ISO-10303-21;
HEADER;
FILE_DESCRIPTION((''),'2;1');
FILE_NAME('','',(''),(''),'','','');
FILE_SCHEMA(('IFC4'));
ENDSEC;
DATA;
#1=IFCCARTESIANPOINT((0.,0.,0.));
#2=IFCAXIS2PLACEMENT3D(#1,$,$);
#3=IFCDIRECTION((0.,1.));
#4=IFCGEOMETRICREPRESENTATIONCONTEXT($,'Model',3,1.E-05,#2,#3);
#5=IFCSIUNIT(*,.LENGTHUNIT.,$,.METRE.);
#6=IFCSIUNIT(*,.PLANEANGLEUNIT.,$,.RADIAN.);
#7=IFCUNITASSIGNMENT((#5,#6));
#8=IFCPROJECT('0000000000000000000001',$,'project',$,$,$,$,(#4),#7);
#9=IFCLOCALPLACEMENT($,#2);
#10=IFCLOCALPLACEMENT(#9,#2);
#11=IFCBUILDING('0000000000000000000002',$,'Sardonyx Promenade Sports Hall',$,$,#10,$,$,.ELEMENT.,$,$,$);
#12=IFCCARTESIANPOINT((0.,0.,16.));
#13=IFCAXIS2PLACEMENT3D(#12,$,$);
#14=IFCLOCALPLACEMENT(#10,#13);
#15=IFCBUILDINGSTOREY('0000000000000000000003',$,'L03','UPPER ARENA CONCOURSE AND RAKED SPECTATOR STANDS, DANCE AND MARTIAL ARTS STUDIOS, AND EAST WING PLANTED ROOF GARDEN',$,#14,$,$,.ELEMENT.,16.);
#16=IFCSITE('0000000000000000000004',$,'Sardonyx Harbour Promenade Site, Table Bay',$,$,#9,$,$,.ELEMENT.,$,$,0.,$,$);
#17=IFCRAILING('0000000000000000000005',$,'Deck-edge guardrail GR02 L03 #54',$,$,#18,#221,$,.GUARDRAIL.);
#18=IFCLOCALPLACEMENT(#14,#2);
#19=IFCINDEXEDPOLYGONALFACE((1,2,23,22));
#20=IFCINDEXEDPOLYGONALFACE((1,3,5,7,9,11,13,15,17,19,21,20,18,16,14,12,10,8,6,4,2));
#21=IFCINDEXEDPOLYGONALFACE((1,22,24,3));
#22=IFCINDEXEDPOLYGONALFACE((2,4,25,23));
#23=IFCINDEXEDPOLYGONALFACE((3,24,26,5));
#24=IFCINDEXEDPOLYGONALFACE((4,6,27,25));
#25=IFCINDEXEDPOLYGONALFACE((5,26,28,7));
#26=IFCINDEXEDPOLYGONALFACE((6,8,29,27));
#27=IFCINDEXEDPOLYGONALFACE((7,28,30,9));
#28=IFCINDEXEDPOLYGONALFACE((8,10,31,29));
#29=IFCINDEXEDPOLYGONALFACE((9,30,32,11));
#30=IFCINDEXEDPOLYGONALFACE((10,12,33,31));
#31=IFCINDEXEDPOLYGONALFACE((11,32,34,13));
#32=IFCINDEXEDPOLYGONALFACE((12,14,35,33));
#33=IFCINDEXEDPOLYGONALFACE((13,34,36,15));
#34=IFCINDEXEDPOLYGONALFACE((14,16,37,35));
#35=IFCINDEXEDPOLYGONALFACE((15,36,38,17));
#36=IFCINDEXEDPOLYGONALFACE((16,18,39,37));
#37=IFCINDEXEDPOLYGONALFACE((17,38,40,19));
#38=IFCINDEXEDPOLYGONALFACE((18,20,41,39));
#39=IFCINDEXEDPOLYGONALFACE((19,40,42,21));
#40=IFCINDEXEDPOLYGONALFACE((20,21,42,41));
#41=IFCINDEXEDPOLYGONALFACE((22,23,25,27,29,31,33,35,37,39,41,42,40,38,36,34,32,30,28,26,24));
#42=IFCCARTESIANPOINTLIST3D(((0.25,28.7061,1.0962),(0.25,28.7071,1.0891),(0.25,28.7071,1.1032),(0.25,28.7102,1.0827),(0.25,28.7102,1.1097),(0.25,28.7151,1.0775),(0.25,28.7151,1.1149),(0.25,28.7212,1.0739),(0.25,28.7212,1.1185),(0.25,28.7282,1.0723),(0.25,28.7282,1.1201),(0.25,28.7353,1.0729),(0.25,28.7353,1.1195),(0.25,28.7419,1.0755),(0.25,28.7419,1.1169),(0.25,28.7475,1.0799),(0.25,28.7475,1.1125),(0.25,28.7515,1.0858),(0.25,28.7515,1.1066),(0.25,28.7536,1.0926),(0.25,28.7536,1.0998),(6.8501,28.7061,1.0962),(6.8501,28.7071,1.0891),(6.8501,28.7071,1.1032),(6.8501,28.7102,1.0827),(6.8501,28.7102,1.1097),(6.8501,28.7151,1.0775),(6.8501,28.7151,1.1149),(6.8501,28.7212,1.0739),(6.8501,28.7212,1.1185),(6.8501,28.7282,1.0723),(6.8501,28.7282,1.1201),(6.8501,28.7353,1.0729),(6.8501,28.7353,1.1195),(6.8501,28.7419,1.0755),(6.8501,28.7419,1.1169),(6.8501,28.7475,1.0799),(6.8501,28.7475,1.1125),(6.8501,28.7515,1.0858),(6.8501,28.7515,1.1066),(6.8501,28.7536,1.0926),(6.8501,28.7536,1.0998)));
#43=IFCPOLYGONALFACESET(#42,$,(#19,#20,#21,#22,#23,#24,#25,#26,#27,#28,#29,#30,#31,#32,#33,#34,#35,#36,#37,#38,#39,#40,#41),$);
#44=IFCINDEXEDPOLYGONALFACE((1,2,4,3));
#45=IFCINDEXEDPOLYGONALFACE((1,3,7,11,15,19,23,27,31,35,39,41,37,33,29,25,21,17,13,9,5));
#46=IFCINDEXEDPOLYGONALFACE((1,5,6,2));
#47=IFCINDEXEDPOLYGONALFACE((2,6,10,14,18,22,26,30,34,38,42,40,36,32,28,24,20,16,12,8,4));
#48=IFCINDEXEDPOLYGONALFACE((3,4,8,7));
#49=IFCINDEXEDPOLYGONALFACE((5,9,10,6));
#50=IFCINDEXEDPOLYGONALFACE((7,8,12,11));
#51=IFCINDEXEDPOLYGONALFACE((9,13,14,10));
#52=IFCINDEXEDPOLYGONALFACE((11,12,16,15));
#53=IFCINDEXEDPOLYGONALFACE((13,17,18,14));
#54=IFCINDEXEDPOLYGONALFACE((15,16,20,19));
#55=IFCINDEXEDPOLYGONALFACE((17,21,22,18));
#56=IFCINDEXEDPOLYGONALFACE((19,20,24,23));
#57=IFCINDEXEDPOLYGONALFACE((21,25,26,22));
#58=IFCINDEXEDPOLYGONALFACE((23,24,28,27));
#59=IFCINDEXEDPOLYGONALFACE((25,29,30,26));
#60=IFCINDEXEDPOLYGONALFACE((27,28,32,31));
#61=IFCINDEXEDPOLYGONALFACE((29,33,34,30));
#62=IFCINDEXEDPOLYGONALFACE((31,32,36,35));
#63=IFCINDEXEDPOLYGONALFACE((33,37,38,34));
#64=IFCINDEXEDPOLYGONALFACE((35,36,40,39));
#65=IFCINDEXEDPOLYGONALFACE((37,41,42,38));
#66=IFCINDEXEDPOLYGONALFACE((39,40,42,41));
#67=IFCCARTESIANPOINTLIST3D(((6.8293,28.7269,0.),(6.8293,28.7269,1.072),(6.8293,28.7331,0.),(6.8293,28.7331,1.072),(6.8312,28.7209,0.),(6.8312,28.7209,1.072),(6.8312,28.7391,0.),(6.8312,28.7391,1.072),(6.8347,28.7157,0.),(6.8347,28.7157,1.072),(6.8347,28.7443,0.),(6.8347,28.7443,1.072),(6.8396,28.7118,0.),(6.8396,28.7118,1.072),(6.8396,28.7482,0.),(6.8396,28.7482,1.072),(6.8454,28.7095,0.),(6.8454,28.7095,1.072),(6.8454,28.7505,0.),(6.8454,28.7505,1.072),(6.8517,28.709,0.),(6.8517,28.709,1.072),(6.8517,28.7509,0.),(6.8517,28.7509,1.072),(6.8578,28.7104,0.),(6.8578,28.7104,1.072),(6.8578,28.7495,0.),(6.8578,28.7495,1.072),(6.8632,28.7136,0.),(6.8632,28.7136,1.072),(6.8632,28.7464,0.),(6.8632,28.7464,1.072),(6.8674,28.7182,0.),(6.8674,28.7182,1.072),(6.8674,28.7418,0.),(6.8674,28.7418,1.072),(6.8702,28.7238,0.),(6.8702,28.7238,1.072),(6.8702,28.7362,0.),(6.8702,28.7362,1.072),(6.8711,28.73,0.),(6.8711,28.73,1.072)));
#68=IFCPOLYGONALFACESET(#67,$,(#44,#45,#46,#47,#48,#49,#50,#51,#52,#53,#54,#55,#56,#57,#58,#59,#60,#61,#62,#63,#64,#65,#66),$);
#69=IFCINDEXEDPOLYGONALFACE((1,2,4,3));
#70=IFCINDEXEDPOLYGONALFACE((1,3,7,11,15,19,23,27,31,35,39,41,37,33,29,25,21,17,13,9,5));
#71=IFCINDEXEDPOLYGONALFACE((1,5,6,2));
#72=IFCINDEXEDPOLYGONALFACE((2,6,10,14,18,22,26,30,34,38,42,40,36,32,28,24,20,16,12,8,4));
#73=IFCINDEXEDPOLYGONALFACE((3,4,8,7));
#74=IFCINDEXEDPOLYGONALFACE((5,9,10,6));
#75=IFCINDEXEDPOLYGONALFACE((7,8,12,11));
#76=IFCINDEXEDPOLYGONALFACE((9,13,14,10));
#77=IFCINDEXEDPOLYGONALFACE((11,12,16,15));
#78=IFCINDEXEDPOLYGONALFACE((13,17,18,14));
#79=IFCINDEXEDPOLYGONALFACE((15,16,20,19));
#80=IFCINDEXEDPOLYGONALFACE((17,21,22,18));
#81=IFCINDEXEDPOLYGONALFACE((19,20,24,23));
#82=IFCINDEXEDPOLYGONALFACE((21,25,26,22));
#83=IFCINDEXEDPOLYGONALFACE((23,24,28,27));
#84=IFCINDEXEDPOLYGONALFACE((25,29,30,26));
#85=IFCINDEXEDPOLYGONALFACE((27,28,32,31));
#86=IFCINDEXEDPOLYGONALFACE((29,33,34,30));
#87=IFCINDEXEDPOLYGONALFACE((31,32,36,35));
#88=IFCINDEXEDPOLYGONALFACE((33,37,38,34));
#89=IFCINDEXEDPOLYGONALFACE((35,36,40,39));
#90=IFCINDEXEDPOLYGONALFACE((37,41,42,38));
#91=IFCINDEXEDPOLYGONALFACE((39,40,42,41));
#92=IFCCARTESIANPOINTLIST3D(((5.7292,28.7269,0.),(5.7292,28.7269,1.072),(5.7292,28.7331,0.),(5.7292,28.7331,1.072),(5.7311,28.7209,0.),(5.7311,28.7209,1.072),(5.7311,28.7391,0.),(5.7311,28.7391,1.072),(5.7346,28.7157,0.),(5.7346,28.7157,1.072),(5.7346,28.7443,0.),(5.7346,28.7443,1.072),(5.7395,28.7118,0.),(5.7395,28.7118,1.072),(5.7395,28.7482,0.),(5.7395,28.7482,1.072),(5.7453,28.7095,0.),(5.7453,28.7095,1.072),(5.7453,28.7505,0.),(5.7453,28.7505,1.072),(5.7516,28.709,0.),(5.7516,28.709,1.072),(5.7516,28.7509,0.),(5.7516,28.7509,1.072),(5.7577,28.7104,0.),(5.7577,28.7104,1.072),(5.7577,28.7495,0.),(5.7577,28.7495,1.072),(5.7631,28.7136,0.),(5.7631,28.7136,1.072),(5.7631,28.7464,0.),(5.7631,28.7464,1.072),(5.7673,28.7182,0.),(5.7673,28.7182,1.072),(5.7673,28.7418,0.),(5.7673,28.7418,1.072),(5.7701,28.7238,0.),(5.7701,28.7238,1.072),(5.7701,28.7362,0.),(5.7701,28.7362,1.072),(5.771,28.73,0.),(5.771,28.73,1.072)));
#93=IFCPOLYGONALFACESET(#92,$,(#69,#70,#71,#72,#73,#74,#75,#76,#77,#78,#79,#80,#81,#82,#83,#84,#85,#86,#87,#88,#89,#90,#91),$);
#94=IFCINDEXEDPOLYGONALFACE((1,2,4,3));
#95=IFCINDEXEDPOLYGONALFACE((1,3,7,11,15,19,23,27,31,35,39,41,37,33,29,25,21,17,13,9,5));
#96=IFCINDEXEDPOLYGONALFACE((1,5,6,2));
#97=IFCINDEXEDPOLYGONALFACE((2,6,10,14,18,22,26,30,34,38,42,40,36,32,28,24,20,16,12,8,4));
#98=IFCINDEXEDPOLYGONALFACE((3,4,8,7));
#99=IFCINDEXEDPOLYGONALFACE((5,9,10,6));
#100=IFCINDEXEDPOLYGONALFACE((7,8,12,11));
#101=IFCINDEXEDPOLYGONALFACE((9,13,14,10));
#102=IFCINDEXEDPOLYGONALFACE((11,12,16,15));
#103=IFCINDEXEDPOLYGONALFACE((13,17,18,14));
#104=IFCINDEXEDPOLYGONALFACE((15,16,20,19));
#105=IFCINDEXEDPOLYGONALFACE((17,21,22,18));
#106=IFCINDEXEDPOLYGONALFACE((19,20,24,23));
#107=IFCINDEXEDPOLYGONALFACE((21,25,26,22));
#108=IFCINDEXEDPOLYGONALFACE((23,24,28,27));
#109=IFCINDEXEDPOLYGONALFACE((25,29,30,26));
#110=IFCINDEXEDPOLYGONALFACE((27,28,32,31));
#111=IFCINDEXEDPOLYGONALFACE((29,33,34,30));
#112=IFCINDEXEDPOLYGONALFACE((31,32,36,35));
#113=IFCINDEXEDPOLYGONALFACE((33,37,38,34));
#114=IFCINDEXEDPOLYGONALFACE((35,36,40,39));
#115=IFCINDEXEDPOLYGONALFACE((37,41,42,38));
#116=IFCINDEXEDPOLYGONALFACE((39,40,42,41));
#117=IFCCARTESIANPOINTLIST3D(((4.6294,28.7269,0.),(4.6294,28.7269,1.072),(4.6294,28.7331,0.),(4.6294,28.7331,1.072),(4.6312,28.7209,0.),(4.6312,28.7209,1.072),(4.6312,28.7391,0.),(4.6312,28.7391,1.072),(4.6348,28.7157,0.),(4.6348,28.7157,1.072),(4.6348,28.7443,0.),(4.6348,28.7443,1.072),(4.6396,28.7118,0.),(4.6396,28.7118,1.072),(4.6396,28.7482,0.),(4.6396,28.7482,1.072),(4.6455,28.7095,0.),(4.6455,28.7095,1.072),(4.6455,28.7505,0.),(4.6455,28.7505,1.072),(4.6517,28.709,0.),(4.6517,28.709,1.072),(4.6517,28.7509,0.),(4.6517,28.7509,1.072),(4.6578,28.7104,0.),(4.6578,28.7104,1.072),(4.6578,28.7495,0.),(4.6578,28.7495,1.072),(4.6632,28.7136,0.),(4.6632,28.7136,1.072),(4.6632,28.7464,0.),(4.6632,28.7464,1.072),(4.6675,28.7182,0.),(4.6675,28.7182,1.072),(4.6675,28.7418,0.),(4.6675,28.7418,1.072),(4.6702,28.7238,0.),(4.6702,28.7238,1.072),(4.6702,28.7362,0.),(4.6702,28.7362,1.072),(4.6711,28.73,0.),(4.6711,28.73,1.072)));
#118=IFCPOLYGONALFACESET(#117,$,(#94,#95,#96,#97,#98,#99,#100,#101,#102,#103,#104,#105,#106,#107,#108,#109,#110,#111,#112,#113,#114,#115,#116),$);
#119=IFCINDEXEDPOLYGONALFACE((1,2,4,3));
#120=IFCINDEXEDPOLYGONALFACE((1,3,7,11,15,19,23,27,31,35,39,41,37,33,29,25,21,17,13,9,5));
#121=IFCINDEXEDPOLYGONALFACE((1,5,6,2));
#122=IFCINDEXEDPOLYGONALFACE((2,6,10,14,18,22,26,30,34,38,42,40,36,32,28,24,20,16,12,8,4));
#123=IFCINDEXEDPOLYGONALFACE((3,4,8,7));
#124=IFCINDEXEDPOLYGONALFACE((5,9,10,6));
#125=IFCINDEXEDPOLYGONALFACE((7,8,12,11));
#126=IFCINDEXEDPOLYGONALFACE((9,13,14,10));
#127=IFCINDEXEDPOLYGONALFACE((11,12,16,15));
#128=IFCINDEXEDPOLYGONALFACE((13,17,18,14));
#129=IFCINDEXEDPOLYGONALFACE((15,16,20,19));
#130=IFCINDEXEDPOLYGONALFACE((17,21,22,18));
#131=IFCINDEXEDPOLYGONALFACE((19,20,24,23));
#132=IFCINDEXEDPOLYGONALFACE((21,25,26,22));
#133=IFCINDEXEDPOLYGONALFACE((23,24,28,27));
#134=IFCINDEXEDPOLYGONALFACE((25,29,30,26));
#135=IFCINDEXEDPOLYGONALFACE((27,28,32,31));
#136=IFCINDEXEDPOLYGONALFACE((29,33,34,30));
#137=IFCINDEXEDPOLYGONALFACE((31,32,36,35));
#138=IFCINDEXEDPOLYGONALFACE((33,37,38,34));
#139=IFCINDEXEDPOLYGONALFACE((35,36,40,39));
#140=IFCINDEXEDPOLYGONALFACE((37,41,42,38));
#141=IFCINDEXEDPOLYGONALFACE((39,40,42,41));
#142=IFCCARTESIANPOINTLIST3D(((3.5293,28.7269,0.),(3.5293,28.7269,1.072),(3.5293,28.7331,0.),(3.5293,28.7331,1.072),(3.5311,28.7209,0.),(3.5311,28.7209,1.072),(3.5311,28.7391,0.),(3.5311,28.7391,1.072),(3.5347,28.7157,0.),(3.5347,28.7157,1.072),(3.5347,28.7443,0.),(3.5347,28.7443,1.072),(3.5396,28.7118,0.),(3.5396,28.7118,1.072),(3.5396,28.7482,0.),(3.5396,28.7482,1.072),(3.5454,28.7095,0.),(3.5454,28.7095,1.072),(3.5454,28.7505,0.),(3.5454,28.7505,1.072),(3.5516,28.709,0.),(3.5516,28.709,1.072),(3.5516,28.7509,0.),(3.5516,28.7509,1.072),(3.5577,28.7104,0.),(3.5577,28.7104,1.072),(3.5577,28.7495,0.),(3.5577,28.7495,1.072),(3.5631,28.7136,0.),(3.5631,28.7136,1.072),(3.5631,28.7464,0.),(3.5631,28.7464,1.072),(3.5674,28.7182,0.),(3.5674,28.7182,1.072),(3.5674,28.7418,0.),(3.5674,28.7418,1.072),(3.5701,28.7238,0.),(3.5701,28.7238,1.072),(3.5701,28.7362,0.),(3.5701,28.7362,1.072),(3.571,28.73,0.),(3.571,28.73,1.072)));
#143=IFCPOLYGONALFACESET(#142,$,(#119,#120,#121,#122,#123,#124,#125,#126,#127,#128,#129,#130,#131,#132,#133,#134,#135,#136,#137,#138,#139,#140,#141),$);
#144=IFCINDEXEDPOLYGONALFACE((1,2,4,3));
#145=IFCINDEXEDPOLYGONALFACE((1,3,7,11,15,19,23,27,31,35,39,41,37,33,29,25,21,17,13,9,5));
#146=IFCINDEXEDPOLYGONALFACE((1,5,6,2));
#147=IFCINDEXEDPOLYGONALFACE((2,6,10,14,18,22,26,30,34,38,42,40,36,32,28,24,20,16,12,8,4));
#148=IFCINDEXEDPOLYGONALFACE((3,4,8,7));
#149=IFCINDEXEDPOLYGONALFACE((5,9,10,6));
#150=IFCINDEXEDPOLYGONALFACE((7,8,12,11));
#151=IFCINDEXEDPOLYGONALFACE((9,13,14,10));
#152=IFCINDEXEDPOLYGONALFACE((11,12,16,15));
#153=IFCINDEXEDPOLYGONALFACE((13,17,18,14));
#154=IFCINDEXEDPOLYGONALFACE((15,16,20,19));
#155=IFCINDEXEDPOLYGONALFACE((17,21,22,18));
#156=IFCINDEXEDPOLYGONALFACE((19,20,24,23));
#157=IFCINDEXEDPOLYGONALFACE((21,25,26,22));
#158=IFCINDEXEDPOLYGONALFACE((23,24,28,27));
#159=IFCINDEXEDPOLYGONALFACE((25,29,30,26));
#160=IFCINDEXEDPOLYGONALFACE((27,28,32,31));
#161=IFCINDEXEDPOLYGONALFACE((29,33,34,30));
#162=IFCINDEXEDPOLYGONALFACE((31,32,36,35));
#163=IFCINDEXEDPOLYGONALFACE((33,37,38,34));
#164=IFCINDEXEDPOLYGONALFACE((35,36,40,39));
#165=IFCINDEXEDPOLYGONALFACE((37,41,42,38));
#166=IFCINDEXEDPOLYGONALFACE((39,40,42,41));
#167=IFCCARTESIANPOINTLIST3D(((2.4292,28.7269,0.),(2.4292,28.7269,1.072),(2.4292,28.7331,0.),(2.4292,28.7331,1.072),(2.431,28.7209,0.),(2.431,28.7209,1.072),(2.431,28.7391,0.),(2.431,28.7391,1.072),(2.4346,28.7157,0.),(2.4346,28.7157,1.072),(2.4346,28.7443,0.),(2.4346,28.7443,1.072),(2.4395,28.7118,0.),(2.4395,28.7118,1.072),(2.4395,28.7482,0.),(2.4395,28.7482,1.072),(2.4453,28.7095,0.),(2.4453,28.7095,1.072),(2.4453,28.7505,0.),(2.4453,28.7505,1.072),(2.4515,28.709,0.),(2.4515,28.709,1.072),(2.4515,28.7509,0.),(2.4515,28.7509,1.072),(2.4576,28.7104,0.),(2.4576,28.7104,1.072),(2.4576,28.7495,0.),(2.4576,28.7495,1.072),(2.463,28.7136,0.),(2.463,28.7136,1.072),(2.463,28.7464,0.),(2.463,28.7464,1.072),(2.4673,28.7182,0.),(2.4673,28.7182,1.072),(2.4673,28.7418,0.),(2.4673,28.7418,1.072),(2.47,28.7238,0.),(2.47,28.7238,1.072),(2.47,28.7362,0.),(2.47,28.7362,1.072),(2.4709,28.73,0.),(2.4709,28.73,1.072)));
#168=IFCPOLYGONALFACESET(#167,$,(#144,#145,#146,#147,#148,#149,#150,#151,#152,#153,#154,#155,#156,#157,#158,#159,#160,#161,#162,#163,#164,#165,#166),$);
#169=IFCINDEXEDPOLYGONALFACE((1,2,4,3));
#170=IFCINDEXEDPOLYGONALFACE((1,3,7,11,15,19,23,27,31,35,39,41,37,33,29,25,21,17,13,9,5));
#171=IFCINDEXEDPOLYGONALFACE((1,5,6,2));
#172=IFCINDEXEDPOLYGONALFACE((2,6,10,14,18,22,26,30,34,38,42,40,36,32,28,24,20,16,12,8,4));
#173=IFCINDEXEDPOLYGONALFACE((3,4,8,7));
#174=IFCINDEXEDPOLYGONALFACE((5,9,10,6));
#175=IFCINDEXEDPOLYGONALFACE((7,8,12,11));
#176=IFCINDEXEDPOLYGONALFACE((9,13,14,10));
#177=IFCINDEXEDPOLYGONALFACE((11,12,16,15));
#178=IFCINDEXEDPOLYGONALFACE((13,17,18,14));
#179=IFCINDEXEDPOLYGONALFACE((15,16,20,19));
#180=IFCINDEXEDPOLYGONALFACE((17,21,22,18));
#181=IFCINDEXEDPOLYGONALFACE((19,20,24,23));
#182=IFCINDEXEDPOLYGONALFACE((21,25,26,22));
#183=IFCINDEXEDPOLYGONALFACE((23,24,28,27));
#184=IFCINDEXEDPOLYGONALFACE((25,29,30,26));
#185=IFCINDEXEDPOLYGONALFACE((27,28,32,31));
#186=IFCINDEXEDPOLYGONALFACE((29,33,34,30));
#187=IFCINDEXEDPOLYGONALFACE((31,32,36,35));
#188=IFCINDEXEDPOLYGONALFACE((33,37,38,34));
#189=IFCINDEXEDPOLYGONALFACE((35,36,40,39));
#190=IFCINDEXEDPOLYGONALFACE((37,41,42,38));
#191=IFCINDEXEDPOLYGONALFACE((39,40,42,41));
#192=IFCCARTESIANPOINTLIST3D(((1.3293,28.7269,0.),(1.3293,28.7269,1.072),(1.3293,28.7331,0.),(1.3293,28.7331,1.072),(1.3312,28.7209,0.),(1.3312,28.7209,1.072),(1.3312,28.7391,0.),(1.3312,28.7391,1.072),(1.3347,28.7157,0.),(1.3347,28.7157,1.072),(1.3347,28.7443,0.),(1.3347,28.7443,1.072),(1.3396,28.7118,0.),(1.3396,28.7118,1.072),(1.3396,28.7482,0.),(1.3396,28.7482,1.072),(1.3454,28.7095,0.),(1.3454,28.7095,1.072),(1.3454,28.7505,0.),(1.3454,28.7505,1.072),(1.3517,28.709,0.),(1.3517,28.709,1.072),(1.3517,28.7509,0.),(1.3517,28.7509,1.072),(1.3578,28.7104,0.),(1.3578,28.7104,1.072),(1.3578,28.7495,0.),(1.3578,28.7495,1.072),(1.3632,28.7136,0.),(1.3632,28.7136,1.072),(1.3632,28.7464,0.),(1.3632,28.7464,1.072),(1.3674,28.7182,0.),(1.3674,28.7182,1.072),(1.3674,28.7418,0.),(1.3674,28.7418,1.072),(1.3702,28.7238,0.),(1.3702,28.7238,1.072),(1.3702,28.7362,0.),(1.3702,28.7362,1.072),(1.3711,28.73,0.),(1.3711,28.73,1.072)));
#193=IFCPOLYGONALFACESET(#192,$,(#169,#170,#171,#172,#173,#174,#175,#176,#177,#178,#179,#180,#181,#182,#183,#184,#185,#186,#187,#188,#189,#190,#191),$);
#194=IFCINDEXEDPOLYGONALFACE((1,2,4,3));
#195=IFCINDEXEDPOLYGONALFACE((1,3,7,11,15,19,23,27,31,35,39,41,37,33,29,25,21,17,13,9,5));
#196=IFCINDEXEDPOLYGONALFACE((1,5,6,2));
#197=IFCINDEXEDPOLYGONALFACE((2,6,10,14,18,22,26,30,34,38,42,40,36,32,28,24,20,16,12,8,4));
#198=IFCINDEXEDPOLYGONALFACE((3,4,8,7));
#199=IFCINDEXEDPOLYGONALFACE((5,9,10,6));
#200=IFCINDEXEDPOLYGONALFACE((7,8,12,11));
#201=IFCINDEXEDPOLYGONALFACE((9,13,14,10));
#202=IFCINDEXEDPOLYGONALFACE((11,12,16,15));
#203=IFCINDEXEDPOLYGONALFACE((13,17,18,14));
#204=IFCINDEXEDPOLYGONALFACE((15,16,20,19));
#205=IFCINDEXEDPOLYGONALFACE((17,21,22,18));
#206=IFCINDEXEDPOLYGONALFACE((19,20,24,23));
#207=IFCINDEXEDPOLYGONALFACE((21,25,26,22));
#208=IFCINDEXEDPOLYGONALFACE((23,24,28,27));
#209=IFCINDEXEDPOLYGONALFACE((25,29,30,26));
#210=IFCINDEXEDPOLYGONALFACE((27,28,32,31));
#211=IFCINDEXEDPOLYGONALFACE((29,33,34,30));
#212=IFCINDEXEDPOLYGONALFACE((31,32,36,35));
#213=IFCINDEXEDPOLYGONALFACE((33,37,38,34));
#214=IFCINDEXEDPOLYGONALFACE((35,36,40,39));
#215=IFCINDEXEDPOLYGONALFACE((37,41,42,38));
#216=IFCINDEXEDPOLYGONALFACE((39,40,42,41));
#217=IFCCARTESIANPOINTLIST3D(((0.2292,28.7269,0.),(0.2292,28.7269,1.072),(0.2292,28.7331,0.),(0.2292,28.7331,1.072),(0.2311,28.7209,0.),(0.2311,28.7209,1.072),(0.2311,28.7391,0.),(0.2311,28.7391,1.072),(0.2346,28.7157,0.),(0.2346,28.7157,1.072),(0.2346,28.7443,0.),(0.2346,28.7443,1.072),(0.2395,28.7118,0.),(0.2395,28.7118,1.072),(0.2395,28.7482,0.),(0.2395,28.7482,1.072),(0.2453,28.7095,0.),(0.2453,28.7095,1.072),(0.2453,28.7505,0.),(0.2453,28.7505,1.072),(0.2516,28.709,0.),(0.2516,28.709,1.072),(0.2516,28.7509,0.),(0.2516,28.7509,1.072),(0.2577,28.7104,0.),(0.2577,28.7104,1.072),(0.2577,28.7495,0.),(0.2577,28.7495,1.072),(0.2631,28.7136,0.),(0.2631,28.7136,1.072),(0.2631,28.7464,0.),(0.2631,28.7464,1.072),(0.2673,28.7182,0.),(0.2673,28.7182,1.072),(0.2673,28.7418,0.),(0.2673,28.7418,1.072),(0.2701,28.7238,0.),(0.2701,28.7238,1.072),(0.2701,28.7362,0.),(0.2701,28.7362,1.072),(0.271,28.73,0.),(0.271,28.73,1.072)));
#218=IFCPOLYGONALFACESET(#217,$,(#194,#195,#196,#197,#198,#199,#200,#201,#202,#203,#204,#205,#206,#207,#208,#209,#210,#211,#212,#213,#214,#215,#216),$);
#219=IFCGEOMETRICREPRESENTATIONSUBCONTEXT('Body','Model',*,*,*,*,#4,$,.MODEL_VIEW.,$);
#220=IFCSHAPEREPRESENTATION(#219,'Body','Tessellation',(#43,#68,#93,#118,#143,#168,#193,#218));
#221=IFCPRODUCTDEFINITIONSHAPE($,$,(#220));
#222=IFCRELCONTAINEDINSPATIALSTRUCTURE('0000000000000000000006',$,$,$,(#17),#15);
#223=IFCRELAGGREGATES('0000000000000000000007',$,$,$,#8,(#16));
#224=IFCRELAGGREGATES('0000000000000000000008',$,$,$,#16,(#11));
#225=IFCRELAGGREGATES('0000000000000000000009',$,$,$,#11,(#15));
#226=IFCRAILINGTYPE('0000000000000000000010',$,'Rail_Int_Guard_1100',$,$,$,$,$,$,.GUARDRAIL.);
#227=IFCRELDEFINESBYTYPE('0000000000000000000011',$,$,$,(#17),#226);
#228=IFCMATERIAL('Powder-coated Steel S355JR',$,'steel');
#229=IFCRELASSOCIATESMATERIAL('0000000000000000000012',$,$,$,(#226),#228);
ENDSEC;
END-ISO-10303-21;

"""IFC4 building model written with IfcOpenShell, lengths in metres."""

from ifc_helpers import new_model, si_unit, direction, frame, origin, origin_2d, place, context, subcontext, project, spatial, circle, extrude, material, type_object, element, save


model = new_model("IFC4")

# Units and contexts
model_context = context("Model", 3, precision=1e-05, world=origin(), true_north=direction((0.0, 1.0)))
body_context = subcontext(model_context, "Body", "Model", "MODEL_VIEW")
ifc_project = project(units=[si_unit("LENGTHUNIT", "METRE"), si_unit("PLANEANGLEUNIT", "RADIAN")], contexts=[model_context])

# Site, building, storey
site_placement = place(None, origin())
site = spatial("IfcSite", under=ifc_project, at=site_placement, Name="Sardonyx Harbour Promenade Site, Table Bay", CompositionType="ELEMENT", RefElevation=0.0)
building_placement = place(site_placement, origin())
building = spatial("IfcBuilding", under=site, at=building_placement, Name="Sardonyx Promenade Sports Hall", CompositionType="ELEMENT")
storey_placement = place(building_placement, frame((0.0, 0.0, 16.0)))
storey = spatial("IfcBuildingStorey", under=building, at=storey_placement, Name="L03", Description="UPPER ARENA CONCOURSE AND RAKED SPECTATOR STANDS, DANCE AND MARTIAL ARTS STUDIOS, AND EAST WING PLANTED ROOF GARDEN", CompositionType="ELEMENT", Elevation=16.0)

# Railing
ifc_material_1 = material(Name="Powder-coated Steel S355JR", Category="steel")
railing_type = type_object("IfcRailingType", Name="Rail_Int_Guard_1100", PredefinedType="GUARDRAIL", material=ifc_material_1)
railing_1_placement = place(storey_placement, frame((6.8501, 28.73, 0.0)))
element("IfcRailing", 1, at=railing_1_placement, inside=storey, type_object=railing_type, Name="Deck-edge guardrail GR02 L03 #54", PredefinedType="GUARDRAIL", context=body_context, shape_type="SweptSolid", body=[
    extrude(circle(Radius=0.0239, at=origin_2d()), frame((0.0, 0.0, 1.0962), z_axis=(-1.0, 0.0, 0.0), x_axis=(0.0, -1.0, 0.0)), (0.0, 0.0, 1.0), 6.6001),
    extrude(circle(Radius=0.021, at=origin_2d()), origin(), (0.0, 0.0, 1.0), 1.072),
    extrude(circle(Radius=0.021, at=origin_2d()), frame((-1.1001, 0.0, 0.0)), (0.0, 0.0, 1.0), 1.072),
    extrude(circle(Radius=0.021, at=origin_2d()), frame((-2.2, 0.0, 0.0)), (0.0, 0.0, 1.0), 1.072),
    extrude(circle(Radius=0.021, at=origin_2d()), frame((-3.3, 0.0, 0.0)), (0.0, 0.0, 1.0), 1.072),
    extrude(circle(Radius=0.021, at=origin_2d()), frame((-4.4001, 0.0, 0.0)), (0.0, 0.0, 1.0), 1.072),
    extrude(circle(Radius=0.021, at=origin_2d()), frame((-5.5, 0.0, 0.0)), (0.0, 0.0, 1.0), 1.072),
    extrude(circle(Radius=0.021, at=origin_2d()), frame((-6.6001, 0.0, 0.0)), (0.0, 0.0, 1.0), 1.072),
])

save(model, "model.ifc")
